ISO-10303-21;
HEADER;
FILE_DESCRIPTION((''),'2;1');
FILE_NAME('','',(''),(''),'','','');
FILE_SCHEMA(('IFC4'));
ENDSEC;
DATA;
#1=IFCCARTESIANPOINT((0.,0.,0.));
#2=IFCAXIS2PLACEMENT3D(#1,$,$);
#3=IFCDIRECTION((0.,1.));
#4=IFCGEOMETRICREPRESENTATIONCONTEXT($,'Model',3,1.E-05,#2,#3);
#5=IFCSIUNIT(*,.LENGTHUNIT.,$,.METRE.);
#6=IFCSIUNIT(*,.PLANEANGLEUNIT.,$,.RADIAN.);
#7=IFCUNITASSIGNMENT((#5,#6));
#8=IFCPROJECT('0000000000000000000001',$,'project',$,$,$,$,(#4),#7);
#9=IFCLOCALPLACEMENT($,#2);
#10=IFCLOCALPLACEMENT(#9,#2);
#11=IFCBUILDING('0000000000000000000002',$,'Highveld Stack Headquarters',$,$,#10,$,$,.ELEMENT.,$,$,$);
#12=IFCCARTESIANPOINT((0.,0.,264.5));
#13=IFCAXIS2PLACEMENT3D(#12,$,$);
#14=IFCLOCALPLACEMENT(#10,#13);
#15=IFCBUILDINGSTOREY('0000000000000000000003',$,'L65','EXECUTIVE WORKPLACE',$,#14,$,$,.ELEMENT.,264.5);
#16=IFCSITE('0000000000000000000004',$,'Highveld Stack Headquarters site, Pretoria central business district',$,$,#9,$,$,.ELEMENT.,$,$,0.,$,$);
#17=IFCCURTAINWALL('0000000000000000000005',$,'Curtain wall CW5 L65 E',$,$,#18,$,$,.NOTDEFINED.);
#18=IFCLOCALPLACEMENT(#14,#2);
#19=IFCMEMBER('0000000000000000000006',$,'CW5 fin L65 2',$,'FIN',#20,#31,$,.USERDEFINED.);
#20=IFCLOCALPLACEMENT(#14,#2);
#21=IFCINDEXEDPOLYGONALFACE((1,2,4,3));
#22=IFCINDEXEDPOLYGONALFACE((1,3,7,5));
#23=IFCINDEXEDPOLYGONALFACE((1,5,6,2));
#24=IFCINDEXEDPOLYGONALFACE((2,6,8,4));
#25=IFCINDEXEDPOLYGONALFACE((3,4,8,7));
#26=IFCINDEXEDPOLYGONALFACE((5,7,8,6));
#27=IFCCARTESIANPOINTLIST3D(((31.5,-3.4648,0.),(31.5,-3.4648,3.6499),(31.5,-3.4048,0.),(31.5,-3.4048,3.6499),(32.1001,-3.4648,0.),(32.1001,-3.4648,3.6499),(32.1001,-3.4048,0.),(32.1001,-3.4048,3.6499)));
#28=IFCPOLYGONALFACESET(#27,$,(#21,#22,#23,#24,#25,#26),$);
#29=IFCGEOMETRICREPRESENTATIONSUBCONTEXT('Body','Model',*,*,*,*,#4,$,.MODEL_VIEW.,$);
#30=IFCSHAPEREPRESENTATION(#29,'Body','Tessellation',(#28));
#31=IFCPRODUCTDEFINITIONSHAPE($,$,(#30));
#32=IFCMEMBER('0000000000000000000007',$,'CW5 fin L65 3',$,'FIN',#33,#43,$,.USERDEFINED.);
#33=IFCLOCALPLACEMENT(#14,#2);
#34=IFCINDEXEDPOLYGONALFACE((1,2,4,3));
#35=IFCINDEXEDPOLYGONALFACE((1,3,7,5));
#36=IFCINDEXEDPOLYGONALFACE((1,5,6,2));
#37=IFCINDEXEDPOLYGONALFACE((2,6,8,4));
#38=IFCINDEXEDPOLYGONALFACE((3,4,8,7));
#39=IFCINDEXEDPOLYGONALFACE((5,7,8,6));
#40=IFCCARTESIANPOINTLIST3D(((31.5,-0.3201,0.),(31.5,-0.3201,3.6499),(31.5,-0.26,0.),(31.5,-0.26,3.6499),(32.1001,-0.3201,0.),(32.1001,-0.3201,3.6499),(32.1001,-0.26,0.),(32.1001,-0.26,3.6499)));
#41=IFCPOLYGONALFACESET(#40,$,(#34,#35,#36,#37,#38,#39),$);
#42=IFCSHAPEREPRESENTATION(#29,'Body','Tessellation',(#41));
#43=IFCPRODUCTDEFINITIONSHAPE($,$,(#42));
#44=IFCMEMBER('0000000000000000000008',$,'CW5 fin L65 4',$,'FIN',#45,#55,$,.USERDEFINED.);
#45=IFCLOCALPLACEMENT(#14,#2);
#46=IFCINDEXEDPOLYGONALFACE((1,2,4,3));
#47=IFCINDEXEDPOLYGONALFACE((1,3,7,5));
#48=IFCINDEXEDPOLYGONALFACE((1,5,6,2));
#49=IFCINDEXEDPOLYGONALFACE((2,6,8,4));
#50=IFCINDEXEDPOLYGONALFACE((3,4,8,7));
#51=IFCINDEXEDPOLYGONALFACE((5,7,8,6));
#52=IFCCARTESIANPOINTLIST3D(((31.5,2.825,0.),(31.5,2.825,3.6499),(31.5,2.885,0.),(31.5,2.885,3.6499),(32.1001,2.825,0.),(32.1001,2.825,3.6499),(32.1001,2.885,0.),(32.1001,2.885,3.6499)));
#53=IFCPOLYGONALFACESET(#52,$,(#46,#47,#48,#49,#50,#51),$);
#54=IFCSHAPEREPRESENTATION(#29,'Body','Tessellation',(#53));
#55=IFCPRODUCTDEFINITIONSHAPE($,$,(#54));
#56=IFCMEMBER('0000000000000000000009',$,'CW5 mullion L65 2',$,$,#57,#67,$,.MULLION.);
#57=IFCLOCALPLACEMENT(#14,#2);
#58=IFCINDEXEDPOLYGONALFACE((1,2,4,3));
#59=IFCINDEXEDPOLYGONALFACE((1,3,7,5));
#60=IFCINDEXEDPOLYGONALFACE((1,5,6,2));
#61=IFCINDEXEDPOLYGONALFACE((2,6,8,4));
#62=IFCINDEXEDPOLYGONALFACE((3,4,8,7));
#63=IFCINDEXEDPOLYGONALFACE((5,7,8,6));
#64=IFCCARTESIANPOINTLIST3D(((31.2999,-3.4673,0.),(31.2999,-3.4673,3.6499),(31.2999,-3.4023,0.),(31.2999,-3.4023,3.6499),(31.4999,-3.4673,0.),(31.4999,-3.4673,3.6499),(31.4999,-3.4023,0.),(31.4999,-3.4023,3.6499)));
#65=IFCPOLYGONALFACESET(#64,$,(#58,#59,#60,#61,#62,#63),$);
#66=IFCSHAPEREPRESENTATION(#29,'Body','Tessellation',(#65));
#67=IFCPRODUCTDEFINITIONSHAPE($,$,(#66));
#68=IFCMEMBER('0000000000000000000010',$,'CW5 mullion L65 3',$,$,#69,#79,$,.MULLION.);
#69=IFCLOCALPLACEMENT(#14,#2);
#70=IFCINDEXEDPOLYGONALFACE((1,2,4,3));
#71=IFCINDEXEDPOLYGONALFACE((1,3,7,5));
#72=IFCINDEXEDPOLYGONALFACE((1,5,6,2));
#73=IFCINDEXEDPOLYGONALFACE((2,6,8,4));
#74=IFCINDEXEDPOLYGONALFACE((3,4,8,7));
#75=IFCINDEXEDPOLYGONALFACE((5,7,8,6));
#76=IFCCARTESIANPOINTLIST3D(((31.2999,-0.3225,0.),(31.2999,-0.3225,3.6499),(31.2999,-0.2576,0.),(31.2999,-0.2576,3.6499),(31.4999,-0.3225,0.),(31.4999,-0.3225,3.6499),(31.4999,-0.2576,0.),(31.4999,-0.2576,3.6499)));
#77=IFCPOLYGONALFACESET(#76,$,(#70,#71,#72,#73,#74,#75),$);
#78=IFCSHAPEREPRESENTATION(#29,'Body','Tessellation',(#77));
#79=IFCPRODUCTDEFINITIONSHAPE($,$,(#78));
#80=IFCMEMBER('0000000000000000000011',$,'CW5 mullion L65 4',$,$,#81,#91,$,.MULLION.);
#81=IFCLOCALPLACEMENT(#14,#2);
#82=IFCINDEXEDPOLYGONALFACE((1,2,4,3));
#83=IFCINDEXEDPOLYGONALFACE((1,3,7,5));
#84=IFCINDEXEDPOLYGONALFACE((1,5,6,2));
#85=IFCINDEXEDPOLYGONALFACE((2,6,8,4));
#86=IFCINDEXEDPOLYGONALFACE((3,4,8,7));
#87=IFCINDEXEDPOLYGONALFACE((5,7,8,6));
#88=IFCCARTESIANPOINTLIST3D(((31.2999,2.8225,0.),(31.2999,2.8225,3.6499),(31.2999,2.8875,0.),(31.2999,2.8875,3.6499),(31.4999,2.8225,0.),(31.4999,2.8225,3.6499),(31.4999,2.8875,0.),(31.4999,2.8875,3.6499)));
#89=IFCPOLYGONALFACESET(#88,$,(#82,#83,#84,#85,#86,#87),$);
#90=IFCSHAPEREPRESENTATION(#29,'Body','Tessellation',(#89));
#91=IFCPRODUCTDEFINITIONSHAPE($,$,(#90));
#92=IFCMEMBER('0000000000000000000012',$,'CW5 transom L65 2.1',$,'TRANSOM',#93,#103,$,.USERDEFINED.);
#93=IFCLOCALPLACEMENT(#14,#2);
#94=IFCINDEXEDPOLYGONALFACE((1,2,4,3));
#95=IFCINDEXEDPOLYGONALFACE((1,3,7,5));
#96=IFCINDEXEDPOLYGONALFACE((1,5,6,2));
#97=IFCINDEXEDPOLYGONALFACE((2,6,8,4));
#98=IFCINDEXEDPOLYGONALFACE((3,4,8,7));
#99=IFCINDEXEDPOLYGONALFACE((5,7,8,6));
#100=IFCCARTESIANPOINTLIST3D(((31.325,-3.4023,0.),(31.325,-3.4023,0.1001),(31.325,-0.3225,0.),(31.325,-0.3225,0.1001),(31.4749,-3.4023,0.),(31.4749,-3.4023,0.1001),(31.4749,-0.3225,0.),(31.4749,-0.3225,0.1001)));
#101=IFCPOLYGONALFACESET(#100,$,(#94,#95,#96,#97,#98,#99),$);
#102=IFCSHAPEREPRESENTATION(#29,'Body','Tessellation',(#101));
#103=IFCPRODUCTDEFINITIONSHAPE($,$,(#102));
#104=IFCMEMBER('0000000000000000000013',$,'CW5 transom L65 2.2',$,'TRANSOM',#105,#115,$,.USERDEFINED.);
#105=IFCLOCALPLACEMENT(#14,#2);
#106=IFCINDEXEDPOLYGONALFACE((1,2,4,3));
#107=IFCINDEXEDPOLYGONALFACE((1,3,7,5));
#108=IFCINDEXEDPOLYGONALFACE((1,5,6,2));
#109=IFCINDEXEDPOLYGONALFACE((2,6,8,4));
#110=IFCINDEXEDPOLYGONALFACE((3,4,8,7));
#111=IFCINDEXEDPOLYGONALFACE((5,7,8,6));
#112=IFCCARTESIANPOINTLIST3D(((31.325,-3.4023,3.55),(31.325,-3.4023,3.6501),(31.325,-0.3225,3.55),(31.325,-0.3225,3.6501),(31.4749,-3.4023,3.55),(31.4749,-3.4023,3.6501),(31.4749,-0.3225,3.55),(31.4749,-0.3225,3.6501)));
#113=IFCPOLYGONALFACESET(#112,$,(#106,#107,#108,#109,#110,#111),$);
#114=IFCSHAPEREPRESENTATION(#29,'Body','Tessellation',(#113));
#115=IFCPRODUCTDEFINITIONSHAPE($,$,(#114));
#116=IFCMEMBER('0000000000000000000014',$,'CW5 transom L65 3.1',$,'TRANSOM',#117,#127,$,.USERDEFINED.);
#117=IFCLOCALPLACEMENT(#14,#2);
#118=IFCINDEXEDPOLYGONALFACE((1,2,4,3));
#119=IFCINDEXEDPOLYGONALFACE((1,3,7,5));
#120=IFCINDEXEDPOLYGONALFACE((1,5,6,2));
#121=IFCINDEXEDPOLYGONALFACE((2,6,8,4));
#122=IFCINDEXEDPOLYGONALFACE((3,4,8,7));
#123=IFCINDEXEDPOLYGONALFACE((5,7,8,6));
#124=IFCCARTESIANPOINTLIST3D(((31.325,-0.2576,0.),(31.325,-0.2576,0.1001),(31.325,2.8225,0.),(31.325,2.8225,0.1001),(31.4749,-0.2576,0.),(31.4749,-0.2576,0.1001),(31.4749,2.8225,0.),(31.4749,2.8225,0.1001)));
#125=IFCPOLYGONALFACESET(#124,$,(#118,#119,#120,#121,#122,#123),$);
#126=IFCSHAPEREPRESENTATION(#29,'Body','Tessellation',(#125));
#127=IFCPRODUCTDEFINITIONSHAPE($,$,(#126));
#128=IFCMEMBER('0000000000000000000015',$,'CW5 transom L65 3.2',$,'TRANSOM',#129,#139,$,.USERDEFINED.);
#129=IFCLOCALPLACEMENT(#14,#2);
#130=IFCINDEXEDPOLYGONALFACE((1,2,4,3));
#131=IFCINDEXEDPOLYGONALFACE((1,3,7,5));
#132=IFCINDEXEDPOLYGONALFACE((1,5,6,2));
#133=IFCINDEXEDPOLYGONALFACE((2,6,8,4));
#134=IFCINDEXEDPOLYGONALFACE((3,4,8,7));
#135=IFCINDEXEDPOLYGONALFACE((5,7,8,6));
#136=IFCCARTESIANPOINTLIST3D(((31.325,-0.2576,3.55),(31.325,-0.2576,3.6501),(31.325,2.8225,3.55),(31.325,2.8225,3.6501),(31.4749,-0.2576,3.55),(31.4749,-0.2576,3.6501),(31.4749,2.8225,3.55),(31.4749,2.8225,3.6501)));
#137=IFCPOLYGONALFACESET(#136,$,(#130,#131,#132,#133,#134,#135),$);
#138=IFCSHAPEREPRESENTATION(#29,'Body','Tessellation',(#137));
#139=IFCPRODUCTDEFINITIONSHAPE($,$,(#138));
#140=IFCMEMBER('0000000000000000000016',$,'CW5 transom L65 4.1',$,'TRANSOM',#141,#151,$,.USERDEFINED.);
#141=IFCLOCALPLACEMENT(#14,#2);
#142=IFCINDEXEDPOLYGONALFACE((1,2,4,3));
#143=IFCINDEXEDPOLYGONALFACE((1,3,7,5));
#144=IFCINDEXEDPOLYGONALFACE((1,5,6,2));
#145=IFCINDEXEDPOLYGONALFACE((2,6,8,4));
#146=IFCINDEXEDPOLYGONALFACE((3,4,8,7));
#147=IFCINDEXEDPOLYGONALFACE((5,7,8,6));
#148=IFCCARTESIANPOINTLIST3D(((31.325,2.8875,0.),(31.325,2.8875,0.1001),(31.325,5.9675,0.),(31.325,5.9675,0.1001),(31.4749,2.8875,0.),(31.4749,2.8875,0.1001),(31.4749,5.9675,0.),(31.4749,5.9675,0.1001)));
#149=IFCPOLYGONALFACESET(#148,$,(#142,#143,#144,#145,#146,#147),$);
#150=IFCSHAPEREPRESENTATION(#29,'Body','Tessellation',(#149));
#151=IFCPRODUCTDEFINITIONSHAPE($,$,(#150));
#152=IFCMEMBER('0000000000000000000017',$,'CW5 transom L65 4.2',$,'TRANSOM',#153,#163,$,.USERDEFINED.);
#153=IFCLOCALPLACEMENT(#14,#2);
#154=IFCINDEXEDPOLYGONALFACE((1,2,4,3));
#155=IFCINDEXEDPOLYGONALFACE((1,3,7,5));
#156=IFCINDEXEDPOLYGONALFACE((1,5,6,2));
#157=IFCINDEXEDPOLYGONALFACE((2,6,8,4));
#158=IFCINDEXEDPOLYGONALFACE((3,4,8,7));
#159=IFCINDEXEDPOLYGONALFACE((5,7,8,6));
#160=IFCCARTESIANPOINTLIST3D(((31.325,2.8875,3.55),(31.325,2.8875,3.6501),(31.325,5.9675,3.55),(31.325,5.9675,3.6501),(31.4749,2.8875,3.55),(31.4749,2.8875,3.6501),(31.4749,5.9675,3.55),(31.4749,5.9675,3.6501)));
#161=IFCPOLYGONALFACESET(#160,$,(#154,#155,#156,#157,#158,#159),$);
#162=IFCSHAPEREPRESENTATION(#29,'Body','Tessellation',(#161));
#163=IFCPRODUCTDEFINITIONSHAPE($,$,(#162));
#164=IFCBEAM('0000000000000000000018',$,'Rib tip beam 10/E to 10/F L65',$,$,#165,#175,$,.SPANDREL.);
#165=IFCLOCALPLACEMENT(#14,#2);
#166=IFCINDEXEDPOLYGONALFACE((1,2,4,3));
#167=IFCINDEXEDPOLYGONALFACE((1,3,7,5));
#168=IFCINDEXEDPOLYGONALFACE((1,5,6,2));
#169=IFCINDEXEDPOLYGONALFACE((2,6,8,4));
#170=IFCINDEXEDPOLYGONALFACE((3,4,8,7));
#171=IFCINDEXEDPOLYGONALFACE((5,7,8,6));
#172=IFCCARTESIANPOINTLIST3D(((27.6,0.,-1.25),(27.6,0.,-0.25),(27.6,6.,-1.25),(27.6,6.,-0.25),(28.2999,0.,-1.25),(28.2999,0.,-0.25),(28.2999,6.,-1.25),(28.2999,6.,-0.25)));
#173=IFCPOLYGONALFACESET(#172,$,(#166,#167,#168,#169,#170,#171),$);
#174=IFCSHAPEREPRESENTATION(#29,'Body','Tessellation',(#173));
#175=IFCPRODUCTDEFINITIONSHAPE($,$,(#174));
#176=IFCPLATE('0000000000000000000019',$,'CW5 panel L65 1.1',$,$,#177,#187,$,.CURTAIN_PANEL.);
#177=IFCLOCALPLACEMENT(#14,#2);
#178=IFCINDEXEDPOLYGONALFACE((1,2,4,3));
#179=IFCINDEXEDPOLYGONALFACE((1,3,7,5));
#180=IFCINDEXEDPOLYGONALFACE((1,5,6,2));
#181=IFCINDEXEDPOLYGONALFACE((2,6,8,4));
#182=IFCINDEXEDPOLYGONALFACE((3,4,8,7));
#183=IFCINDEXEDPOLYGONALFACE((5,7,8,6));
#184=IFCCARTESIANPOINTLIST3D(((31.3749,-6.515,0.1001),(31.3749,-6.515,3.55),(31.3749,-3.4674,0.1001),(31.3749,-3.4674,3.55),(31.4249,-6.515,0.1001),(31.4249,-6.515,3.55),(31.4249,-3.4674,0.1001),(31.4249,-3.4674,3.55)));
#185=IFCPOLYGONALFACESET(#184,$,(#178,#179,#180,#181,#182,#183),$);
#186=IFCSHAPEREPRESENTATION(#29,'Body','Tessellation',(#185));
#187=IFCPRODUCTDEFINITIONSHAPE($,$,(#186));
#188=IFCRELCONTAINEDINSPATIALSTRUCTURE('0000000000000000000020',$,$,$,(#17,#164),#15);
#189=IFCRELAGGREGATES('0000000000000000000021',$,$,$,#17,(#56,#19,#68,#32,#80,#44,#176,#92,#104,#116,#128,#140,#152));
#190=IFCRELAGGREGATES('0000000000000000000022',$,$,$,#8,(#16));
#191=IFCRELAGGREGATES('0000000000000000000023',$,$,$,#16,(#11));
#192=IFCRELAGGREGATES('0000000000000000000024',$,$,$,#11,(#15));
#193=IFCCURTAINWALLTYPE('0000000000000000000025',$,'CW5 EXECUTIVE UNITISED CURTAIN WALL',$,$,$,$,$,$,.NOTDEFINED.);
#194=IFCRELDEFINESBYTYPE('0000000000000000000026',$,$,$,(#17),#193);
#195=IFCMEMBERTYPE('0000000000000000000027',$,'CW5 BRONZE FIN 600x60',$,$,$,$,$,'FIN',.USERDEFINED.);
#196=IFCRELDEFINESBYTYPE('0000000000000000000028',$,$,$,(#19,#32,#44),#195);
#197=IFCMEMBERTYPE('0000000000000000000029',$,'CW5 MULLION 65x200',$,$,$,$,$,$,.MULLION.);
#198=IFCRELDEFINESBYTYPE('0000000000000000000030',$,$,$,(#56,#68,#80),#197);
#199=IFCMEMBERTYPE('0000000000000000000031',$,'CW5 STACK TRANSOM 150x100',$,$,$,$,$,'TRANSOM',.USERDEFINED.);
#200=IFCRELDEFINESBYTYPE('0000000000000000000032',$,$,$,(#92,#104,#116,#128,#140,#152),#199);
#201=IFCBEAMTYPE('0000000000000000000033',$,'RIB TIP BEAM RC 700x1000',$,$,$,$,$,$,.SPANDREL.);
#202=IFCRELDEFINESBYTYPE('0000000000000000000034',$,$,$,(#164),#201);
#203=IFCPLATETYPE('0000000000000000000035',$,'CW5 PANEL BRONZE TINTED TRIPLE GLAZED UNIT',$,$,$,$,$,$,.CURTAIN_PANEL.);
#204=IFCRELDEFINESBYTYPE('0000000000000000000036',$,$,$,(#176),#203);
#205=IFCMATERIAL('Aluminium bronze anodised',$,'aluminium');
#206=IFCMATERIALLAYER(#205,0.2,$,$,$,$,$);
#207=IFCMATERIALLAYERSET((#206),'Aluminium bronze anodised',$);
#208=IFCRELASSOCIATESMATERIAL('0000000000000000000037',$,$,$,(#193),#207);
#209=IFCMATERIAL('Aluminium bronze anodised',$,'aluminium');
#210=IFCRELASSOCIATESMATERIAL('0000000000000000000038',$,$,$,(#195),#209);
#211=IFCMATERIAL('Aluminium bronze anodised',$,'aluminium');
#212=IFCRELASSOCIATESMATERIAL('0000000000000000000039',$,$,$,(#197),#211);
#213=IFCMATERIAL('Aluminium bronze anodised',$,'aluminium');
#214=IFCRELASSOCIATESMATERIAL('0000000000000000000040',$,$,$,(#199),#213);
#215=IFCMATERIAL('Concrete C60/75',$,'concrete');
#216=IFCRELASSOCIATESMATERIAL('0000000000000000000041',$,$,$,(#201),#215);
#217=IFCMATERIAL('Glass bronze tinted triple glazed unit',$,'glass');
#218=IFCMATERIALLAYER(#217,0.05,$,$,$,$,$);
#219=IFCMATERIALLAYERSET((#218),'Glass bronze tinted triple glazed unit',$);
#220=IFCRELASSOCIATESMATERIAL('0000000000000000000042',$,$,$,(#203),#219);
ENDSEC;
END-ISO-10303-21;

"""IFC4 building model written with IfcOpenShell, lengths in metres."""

from ifc_helpers import new_model, si_unit, direction, frame, origin, origin_2d, place, context, subcontext, project, spatial, rectangle, extrude, material, layer, layer_set, material_profile, profile_set, type_object, element, aggregate, save


model = new_model("IFC4")

# Units and contexts
model_context = context("Model", 3, precision=1e-05, world=origin(), true_north=direction((0.0, 1.0)))
body_context = subcontext(model_context, "Body", "Model", "MODEL_VIEW")
ifc_project = project(units=[si_unit("LENGTHUNIT", "METRE"), si_unit("PLANEANGLEUNIT", "RADIAN")], contexts=[model_context])

# Site, building, storey
site_placement = place(None, origin())
site = spatial("IfcSite", under=ifc_project, at=site_placement, Name="Highveld Stack Headquarters site, Pretoria central business district", CompositionType="ELEMENT", RefElevation=0.0)
building_placement = place(site_placement, origin())
building = spatial("IfcBuilding", under=site, at=building_placement, Name="Highveld Stack Headquarters", CompositionType="ELEMENT")
storey_placement = place(building_placement, frame((0.0, 0.0, 264.5)))
storey = spatial("IfcBuildingStorey", under=building, at=storey_placement, Name="L65", Description="EXECUTIVE WORKPLACE", CompositionType="ELEMENT", Elevation=264.5)

# Curtain wall, members
ifc_material_1 = material(Name="Aluminium bronze anodised", Category="aluminium")
ifc_layer_1 = layer(ifc_material_1, 0.2)
ifc_layer_set_1 = layer_set([ifc_layer_1], Name="Aluminium bronze anodised")
curtain_wall_type = type_object("IfcCurtainWallType", Name="CW5 EXECUTIVE UNITISED CURTAIN WALL", PredefinedType="NOTDEFINED", material=ifc_layer_set_1)
curtain_wall_placement = place(storey_placement, origin())
curtain_wall = element("IfcCurtainWall", 1, at=curtain_wall_placement, inside=storey, type_object=curtain_wall_type, Name="Curtain wall CW5 L65 E", PredefinedType="NOTDEFINED")
ifc_material_2 = material(Name="Aluminium bronze anodised", Category="aluminium")
ifc_material_profile_1 = material_profile(ifc_material_2, rectangle(XDim=0.6001, YDim=0.0601, at=origin_2d()), Name="FIN 600x60")
ifc_profile_set_1 = profile_set([ifc_material_profile_1], Name="Aluminium bronze anodised")
member_type_1 = type_object("IfcMemberType", Name="CW5 BRONZE FIN 600x60", ElementType="FIN", PredefinedType="USERDEFINED", material=ifc_profile_set_1)
member_1_placement = place(storey_placement, frame((31.8, -3.4348, 0.0), z_axis=(0.0, 0.0, 1.0), x_axis=(-1.0, 0.0, 0.0)))
member_1 = element("IfcMember", 2, at=member_1_placement, type_object=member_type_1, Name="CW5 fin L65 2", ObjectType="FIN", PredefinedType="USERDEFINED", context=body_context, shape_type="SweptSolid", body=[
    extrude(rectangle(XDim=0.6001, YDim=0.0601, at=origin_2d()), origin(), (0.0, 0.0, 1.0), 3.6499),
])
member_2_placement = place(storey_placement, frame((31.8, -0.29, 0.0), z_axis=(0.0, 0.0, 1.0), x_axis=(-1.0, 0.0, 0.0)))
member_2 = element("IfcMember", 3, at=member_2_placement, type_object=member_type_1, Name="CW5 fin L65 3", ObjectType="FIN", PredefinedType="USERDEFINED", context=body_context, shape_type="SweptSolid", body=[
    extrude(rectangle(XDim=0.6001, YDim=0.0601, at=origin_2d()), origin(), (0.0, 0.0, 1.0), 3.6499),
])
member_3_placement = place(storey_placement, frame((31.8, 2.855, 0.0), z_axis=(0.0, 0.0, 1.0), x_axis=(-1.0, 0.0, 0.0)))
member_3 = element("IfcMember", 4, at=member_3_placement, type_object=member_type_1, Name="CW5 fin L65 4", ObjectType="FIN", PredefinedType="USERDEFINED", context=body_context, shape_type="SweptSolid", body=[
    extrude(rectangle(XDim=0.6001, YDim=0.0601, at=origin_2d()), origin(), (0.0, 0.0, 1.0), 3.6499),
])
ifc_material_3 = material(Name="Aluminium bronze anodised", Category="aluminium")
ifc_material_profile_2 = material_profile(ifc_material_3, rectangle(XDim=0.2, YDim=0.0649, at=origin_2d()), Name="CW5 MULLION 65x200")
ifc_profile_set_2 = profile_set([ifc_material_profile_2], Name="Aluminium bronze anodised")
member_type_2 = type_object("IfcMemberType", Name="CW5 MULLION 65x200", PredefinedType="MULLION", material=ifc_profile_set_2)
member_4_placement = place(storey_placement, frame((31.3999, -3.4348, 0.0), z_axis=(0.0, 0.0, 1.0), x_axis=(-1.0, 0.0, 0.0)))
member_4 = element("IfcMember", 5, at=member_4_placement, type_object=member_type_2, Name="CW5 mullion L65 2", PredefinedType="MULLION", context=body_context, shape_type="SweptSolid", body=[
    extrude(rectangle(XDim=0.2, YDim=0.0649, at=origin_2d()), origin(), (0.0, 0.0, 1.0), 3.6499),
])
member_5_placement = place(storey_placement, frame((31.3999, -0.29, 0.0), z_axis=(0.0, 0.0, 1.0), x_axis=(-1.0, 0.0, 0.0)))
member_5 = element("IfcMember", 6, at=member_5_placement, type_object=member_type_2, Name="CW5 mullion L65 3", PredefinedType="MULLION", context=body_context, shape_type="SweptSolid", body=[
    extrude(rectangle(XDim=0.2, YDim=0.0649, at=origin_2d()), origin(), (0.0, 0.0, 1.0), 3.6499),
])
member_6_placement = place(storey_placement, frame((31.3999, 2.855, 0.0), z_axis=(0.0, 0.0, 1.0), x_axis=(-1.0, 0.0, 0.0)))
member_6 = element("IfcMember", 7, at=member_6_placement, type_object=member_type_2, Name="CW5 mullion L65 4", PredefinedType="MULLION", context=body_context, shape_type="SweptSolid", body=[
    extrude(rectangle(XDim=0.2, YDim=0.0649, at=origin_2d()), origin(), (0.0, 0.0, 1.0), 3.6499),
])
ifc_material_4 = material(Name="Aluminium bronze anodised", Category="aluminium")
ifc_material_profile_3 = material_profile(ifc_material_4, rectangle(XDim=0.1499, YDim=0.1001, at=origin_2d()), Name="CW5 TRANSOM 150x100")
ifc_profile_set_3 = profile_set([ifc_material_profile_3], Name="Aluminium bronze anodised")
member_type_3 = type_object("IfcMemberType", Name="CW5 STACK TRANSOM 150x100", ElementType="TRANSOM", PredefinedType="USERDEFINED", material=ifc_profile_set_3)
member_7_placement = place(storey_placement, frame((31.3999, -3.4023, 0.05), z_axis=(0.0, 1.0, 0.0), x_axis=(-1.0, 0.0, 0.0)))
member_7 = element("IfcMember", 8, at=member_7_placement, type_object=member_type_3, Name="CW5 transom L65 2.1", ObjectType="TRANSOM", PredefinedType="USERDEFINED", context=body_context, shape_type="SweptSolid", body=[
    extrude(rectangle(XDim=0.1499, YDim=0.1001, at=origin_2d()), origin(), (0.0, 0.0, 1.0), 3.0798),
])
member_8_placement = place(storey_placement, frame((31.3999, -3.4023, 3.6001), z_axis=(0.0, 1.0, 0.0), x_axis=(-1.0, 0.0, 0.0)))
member_8 = element("IfcMember", 9, at=member_8_placement, type_object=member_type_3, Name="CW5 transom L65 2.2", ObjectType="TRANSOM", PredefinedType="USERDEFINED", context=body_context, shape_type="SweptSolid", body=[
    extrude(rectangle(XDim=0.1499, YDim=0.1001, at=origin_2d()), origin(), (0.0, 0.0, 1.0), 3.0798),
])
member_9_placement = place(storey_placement, frame((31.3999, -0.2576, 0.05), z_axis=(0.0, 1.0, 0.0), x_axis=(-1.0, 0.0, 0.0)))
member_9 = element("IfcMember", 10, at=member_9_placement, type_object=member_type_3, Name="CW5 transom L65 3.1", ObjectType="TRANSOM", PredefinedType="USERDEFINED", context=body_context, shape_type="SweptSolid", body=[
    extrude(rectangle(XDim=0.1499, YDim=0.1001, at=origin_2d()), origin(), (0.0, 0.0, 1.0), 3.0801),
])
member_10_placement = place(storey_placement, frame((31.3999, -0.2576, 3.6001), z_axis=(0.0, 1.0, 0.0), x_axis=(-1.0, 0.0, 0.0)))
member_10 = element("IfcMember", 11, at=member_10_placement, type_object=member_type_3, Name="CW5 transom L65 3.2", ObjectType="TRANSOM", PredefinedType="USERDEFINED", context=body_context, shape_type="SweptSolid", body=[
    extrude(rectangle(XDim=0.1499, YDim=0.1001, at=origin_2d()), origin(), (0.0, 0.0, 1.0), 3.0801),
])
member_11_placement = place(storey_placement, frame((31.3999, 2.8875, 0.05), z_axis=(0.0, 1.0, 0.0), x_axis=(-1.0, 0.0, 0.0)))
member_11 = element("IfcMember", 12, at=member_11_placement, type_object=member_type_3, Name="CW5 transom L65 4.1", ObjectType="TRANSOM", PredefinedType="USERDEFINED", context=body_context, shape_type="SweptSolid", body=[
    extrude(rectangle(XDim=0.1499, YDim=0.1001, at=origin_2d()), origin(), (0.0, 0.0, 1.0), 3.0801),
])
member_12_placement = place(storey_placement, frame((31.3999, 2.8875, 3.6001), z_axis=(0.0, 1.0, 0.0), x_axis=(-1.0, 0.0, 0.0)))
member_12 = element("IfcMember", 13, at=member_12_placement, type_object=member_type_3, Name="CW5 transom L65 4.2", ObjectType="TRANSOM", PredefinedType="USERDEFINED", context=body_context, shape_type="SweptSolid", body=[
    extrude(rectangle(XDim=0.1499, YDim=0.1001, at=origin_2d()), origin(), (0.0, 0.0, 1.0), 3.0801),
])

# Beam
ifc_material_5 = material(Name="Concrete C60/75", Category="concrete")
ifc_material_profile_4 = material_profile(ifc_material_5, rectangle(XDim=0.7, YDim=1.0, at=origin_2d()), Name="RC 700x1000")
ifc_profile_set_4 = profile_set([ifc_material_profile_4], Name="Concrete C60/75")
beam_type = type_object("IfcBeamType", Name="RIB TIP BEAM RC 700x1000", PredefinedType="SPANDREL", material=ifc_profile_set_4)
beam_placement = place(storey_placement, frame((27.95, 0.0, -0.75), z_axis=(0.0, 1.0, 0.0), x_axis=(-1.0, 0.0, 0.0)))
element("IfcBeam", 14, at=beam_placement, inside=storey, type_object=beam_type, Name="Rib tip beam 10/E to 10/F L65", PredefinedType="SPANDREL", context=body_context, shape_type="SweptSolid", body=[
    extrude(rectangle(XDim=0.7, YDim=1.0, at=origin_2d()), origin(), (0.0, 0.0, 1.0), 6.0),
])

# Plate
ifc_material_6 = material(Name="Glass bronze tinted triple glazed unit", Category="glass")
ifc_layer_2 = layer(ifc_material_6, 0.05)
ifc_layer_set_2 = layer_set([ifc_layer_2], Name="Glass bronze tinted triple glazed unit")
plate_type = type_object("IfcPlateType", Name="CW5 PANEL BRONZE TINTED TRIPLE GLAZED UNIT", PredefinedType="CURTAIN_PANEL", material=ifc_layer_set_2)
plate_1_placement = place(storey_placement, frame((31.3999, -4.9912, 0.1001), z_axis=(0.0, 0.0, 1.0), x_axis=(0.0, 1.0, 0.0)))
plate_1 = element("IfcPlate", 15, at=plate_1_placement, type_object=plate_type, Name="CW5 panel L65 1.1", PredefinedType="CURTAIN_PANEL", context=body_context, shape_type="SweptSolid", body=[
    extrude(rectangle(XDim=3.0476, YDim=0.05, at=origin_2d()), origin(), (0.0, 0.0, 1.0), 3.45),
])
aggregate(curtain_wall, [member_4, member_1, member_5, member_2, member_6, member_3, plate_1, member_7, member_8, member_9, member_10, member_11, member_12])

save(model, "model.ifc")
